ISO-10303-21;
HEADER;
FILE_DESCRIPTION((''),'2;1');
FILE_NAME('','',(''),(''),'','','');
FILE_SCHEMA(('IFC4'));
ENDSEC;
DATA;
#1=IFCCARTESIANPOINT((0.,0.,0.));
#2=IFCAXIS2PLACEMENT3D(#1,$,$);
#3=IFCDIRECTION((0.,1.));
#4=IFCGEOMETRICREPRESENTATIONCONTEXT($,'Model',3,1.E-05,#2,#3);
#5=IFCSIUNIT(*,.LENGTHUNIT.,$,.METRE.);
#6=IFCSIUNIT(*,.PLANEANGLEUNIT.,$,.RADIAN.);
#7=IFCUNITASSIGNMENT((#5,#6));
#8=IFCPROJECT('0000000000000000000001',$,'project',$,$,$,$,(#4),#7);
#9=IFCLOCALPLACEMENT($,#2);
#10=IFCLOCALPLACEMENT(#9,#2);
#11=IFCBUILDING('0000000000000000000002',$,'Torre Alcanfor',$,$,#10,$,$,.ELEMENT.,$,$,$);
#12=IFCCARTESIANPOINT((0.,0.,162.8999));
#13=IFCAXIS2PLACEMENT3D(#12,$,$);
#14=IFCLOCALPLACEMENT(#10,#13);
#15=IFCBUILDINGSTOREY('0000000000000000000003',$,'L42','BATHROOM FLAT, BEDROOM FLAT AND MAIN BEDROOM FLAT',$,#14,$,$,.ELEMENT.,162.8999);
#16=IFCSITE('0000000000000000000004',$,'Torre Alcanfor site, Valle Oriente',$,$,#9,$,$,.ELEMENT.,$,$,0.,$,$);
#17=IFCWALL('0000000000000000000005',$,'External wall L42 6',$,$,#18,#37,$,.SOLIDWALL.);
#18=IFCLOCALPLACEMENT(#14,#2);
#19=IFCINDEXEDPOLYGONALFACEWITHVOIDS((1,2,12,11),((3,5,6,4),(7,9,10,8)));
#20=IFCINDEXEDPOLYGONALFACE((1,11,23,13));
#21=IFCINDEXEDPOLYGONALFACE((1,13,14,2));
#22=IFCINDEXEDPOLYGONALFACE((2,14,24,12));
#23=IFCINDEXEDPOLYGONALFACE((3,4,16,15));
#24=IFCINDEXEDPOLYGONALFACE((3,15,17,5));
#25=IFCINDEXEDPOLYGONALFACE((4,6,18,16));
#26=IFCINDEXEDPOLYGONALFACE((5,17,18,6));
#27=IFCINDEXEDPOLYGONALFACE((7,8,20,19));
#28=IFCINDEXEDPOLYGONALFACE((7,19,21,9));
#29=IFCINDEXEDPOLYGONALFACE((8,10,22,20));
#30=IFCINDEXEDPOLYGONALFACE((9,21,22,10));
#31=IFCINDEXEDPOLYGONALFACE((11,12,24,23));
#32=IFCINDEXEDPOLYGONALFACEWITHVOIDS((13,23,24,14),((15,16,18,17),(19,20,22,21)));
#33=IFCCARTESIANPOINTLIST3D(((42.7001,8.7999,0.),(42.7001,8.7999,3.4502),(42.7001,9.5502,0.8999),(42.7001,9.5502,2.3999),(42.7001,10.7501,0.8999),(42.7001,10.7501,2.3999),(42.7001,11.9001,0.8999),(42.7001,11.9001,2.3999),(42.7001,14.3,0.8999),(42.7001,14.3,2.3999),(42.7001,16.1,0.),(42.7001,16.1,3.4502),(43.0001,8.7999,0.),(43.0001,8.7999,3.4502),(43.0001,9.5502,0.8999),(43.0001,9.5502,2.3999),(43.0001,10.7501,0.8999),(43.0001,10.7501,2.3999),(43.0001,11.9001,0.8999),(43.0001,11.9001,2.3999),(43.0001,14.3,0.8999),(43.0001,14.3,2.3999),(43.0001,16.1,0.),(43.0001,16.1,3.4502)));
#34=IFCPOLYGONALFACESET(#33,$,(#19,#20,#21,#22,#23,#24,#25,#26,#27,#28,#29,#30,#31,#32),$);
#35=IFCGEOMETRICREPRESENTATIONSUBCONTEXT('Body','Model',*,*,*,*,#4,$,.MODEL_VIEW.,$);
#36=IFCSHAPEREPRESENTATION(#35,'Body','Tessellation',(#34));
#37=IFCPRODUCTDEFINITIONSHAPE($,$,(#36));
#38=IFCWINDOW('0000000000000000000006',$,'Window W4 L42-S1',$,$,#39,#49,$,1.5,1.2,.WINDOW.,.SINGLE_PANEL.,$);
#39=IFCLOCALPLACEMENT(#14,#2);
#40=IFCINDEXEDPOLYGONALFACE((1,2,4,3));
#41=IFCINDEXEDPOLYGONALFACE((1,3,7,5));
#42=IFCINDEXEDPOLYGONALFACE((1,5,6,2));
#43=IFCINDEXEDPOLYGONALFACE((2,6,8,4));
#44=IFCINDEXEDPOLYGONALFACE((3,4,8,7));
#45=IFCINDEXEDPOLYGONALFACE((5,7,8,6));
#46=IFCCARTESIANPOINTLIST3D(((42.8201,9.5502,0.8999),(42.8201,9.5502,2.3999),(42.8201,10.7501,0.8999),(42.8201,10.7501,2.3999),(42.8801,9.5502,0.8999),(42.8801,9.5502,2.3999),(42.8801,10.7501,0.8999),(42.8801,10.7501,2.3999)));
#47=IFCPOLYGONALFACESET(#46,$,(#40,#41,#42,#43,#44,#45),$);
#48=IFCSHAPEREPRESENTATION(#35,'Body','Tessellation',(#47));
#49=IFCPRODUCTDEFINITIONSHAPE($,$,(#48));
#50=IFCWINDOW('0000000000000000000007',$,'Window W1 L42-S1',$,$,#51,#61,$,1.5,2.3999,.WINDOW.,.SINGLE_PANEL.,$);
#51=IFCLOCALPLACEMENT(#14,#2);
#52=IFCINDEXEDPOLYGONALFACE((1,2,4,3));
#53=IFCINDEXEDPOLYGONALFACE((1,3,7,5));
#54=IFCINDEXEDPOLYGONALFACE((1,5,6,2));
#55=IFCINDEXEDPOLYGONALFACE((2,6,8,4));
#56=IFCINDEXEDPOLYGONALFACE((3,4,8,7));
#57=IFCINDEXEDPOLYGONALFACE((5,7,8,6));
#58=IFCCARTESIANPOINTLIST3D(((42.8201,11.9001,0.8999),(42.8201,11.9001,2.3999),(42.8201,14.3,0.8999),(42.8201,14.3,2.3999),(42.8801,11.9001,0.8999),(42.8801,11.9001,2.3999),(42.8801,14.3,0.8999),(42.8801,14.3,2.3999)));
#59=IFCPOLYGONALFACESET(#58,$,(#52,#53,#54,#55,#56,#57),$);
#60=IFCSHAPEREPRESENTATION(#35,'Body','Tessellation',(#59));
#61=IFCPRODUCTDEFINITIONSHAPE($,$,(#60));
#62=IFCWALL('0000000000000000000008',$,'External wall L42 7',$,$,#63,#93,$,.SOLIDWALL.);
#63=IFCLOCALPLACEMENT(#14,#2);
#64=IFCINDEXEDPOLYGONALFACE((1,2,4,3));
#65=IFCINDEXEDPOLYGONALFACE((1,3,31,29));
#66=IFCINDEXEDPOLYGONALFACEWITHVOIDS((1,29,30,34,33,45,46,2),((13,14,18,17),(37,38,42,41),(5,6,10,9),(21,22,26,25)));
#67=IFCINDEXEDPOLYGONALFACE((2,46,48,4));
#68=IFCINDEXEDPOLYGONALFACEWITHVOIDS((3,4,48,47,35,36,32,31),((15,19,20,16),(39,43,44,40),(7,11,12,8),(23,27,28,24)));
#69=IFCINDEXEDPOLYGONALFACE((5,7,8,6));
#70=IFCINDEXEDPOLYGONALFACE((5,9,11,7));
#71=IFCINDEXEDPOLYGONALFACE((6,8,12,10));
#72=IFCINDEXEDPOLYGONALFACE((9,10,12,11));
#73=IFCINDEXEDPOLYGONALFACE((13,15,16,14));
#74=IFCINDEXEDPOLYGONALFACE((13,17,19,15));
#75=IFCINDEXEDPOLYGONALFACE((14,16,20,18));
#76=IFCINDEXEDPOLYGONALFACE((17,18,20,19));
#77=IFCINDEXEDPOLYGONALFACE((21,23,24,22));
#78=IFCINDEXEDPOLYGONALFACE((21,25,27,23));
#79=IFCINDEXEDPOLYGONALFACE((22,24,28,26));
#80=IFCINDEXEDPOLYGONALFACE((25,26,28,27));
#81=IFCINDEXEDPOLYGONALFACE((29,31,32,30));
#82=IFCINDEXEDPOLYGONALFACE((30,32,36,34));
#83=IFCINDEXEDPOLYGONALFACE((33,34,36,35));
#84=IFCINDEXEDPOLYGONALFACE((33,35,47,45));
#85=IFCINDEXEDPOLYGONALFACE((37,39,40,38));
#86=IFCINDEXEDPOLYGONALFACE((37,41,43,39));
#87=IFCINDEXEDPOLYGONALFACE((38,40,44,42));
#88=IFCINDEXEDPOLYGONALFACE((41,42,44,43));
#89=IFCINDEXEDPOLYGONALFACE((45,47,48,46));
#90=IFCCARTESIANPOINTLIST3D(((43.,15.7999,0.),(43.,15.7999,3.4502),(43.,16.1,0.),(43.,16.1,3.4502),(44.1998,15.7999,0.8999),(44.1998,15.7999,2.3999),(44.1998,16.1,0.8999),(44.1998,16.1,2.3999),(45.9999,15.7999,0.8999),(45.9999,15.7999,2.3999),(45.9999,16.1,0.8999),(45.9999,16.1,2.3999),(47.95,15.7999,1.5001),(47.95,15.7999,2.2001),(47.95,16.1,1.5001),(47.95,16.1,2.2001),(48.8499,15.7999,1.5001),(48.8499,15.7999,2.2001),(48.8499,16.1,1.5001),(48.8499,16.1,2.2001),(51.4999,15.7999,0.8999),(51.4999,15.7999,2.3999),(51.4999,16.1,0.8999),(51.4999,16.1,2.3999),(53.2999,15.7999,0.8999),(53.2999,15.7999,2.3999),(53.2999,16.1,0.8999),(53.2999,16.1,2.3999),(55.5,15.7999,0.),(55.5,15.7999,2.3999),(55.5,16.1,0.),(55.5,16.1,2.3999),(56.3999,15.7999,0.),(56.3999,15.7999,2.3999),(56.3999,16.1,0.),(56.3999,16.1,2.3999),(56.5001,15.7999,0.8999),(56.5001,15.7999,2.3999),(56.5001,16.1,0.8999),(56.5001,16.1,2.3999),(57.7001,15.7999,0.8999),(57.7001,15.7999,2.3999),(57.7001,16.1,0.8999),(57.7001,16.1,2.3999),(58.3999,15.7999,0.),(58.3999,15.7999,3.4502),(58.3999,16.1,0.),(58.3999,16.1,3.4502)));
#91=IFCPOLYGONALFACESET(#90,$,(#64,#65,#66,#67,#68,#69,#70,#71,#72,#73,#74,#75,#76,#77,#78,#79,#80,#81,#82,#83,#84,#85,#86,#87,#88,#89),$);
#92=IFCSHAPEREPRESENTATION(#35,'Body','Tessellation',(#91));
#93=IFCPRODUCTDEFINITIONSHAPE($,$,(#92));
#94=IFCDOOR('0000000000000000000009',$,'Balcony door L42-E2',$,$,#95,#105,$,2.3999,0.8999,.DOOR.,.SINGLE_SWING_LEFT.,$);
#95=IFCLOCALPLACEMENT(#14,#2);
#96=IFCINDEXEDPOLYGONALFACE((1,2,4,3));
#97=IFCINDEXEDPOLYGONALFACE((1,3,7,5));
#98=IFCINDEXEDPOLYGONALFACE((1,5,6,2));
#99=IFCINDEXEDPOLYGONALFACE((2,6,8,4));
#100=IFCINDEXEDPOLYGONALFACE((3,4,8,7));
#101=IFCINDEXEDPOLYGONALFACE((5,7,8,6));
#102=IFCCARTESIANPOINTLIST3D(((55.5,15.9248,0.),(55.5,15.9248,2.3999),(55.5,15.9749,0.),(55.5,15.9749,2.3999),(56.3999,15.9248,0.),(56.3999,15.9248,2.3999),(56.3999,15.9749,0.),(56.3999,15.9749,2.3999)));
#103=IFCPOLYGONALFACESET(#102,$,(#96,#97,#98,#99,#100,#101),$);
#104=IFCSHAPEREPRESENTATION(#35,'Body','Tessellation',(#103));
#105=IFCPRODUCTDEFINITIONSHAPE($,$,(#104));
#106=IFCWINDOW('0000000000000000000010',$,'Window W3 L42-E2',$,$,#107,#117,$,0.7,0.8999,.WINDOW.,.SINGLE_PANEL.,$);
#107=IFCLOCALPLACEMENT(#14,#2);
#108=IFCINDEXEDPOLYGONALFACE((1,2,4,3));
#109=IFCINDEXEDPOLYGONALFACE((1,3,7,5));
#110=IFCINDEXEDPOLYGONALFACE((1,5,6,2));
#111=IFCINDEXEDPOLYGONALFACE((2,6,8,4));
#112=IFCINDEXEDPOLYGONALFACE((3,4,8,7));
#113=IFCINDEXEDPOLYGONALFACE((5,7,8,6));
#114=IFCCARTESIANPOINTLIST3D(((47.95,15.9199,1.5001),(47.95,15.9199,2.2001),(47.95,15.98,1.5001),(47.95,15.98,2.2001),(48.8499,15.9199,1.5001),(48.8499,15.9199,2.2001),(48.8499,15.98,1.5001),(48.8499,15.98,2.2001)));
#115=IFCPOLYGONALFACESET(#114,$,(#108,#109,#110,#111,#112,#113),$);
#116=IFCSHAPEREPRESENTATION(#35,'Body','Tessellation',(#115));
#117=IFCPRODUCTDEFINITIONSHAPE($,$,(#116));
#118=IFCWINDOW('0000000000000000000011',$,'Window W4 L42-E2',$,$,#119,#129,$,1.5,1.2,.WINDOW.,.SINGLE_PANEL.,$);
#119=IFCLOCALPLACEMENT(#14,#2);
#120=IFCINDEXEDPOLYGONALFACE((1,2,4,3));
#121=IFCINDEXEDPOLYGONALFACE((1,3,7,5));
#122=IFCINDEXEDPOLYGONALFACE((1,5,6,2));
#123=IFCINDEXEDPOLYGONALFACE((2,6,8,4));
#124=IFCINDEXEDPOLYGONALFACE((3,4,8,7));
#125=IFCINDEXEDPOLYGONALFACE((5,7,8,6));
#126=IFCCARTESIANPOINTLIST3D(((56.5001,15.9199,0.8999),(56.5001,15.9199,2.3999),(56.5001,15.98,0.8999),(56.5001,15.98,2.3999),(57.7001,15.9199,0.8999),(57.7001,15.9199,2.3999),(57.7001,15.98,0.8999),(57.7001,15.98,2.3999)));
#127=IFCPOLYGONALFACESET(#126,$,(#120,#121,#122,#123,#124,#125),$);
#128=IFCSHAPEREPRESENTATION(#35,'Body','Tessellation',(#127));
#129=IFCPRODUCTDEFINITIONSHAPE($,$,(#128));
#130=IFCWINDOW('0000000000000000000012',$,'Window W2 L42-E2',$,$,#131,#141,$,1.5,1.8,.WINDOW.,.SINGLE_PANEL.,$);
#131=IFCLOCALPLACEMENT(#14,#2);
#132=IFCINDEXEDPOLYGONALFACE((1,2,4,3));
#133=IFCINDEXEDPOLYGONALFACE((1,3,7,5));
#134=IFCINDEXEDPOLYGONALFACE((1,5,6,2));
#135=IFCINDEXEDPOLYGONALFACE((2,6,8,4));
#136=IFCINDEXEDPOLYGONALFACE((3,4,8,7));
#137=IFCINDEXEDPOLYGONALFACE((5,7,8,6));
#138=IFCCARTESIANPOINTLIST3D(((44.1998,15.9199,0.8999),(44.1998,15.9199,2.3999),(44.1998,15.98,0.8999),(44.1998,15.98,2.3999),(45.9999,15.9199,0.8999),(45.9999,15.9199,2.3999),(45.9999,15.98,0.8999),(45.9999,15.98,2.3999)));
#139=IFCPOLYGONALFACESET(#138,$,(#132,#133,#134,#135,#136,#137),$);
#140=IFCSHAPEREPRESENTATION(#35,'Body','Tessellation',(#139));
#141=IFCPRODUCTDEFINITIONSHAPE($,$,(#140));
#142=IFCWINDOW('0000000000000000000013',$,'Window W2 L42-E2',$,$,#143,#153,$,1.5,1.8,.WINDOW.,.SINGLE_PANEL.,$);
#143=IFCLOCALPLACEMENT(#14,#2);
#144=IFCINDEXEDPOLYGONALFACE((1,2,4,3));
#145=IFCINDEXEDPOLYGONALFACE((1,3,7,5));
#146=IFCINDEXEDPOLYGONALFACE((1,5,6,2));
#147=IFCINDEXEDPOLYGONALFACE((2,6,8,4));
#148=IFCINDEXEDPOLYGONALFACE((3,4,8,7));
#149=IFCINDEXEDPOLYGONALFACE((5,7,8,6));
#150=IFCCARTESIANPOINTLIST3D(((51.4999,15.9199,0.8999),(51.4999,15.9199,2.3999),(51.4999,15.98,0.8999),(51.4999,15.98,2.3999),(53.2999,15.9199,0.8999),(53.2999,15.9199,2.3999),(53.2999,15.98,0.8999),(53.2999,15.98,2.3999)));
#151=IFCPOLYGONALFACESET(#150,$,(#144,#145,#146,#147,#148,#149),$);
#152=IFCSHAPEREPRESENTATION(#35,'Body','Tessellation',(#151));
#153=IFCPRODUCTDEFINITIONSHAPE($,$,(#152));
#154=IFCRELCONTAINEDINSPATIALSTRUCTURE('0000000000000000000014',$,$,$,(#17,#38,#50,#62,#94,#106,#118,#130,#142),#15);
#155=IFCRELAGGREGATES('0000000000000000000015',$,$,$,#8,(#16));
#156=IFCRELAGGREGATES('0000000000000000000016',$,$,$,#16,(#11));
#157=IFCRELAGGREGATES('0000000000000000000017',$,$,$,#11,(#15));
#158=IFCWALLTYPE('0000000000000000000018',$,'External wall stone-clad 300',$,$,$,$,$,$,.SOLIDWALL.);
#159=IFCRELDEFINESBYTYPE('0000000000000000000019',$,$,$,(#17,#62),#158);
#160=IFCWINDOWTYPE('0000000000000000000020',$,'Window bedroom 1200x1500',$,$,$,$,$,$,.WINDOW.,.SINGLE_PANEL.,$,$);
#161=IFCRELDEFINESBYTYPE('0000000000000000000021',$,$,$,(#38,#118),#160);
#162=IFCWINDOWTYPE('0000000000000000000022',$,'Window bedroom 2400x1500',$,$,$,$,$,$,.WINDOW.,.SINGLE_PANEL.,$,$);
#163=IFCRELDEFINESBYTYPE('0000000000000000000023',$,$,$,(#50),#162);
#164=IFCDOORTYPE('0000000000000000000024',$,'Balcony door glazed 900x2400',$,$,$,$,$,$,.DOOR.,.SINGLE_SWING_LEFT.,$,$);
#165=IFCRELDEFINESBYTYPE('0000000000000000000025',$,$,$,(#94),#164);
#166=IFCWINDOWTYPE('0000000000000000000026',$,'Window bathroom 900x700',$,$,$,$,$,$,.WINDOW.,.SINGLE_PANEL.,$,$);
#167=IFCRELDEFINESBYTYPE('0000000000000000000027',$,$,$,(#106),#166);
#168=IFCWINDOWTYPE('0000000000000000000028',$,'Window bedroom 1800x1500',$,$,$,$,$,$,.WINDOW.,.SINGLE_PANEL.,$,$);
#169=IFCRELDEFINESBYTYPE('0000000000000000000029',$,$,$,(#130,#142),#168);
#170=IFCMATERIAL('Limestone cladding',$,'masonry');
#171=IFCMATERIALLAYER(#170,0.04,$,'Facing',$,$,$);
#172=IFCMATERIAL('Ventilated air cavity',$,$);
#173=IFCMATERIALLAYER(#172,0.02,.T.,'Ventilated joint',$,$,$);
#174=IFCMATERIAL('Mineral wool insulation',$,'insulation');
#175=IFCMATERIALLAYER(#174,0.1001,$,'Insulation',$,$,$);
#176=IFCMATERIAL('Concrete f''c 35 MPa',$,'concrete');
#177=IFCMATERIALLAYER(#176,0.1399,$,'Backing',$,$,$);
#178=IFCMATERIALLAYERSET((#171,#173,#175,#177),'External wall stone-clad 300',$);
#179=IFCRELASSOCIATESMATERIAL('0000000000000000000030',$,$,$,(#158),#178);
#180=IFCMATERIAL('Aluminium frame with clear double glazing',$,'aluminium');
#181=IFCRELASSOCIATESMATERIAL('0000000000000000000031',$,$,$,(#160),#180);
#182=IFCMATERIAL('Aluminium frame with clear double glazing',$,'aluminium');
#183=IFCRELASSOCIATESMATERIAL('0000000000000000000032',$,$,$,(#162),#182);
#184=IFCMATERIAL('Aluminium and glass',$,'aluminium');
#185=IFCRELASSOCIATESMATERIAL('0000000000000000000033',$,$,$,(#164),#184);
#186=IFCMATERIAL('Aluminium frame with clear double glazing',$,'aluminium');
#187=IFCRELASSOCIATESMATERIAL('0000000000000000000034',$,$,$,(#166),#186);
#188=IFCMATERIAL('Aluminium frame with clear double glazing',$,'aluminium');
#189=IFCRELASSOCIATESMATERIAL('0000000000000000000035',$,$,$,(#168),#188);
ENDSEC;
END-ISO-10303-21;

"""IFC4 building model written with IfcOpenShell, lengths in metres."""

from ifc_helpers import new_model, si_unit, direction, frame, frame_2d, origin, place, context, subcontext, project, spatial, rectangle, extrude, material, layer, layer_set, type_object, element, fill, save


model = new_model("IFC4")

# Units and contexts
model_context = context("Model", 3, precision=1e-05, world=origin(), true_north=direction((0.0, 1.0)))
body_context = subcontext(model_context, "Body", "Model", "MODEL_VIEW")
ifc_project = project(units=[si_unit("LENGTHUNIT", "METRE"), si_unit("PLANEANGLEUNIT", "RADIAN")], contexts=[model_context])

# Site, building, storey
site_placement = place(None, origin())
site = spatial("IfcSite", under=ifc_project, at=site_placement, Name="Torre Alcanfor site, Valle Oriente", CompositionType="ELEMENT", RefElevation=0.0)
building_placement = place(site_placement, origin())
building = spatial("IfcBuilding", under=site, at=building_placement, Name="Torre Alcanfor", CompositionType="ELEMENT")
storey_placement = place(building_placement, frame((0.0, 0.0, 162.8999)))
storey = spatial("IfcBuildingStorey", under=building, at=storey_placement, Name="L42", Description="BATHROOM FLAT, BEDROOM FLAT AND MAIN BEDROOM FLAT", CompositionType="ELEMENT", Elevation=162.8999)

# Wall, openings, windows
ifc_material_1 = material(Name="Limestone cladding", Category="masonry")
ifc_layer_1 = layer(ifc_material_1, 0.04, Name="Facing")
ifc_material_2 = material(Name="Ventilated air cavity")
ifc_layer_2 = layer(ifc_material_2, 0.02, ventilated=True, Name="Ventilated joint")
ifc_material_3 = material(Name="Mineral wool insulation", Category="insulation")
ifc_layer_3 = layer(ifc_material_3, 0.1001, Name="Insulation")
ifc_material_4 = material(Name="Concrete f'c 35 MPa", Category="concrete")
ifc_layer_4 = layer(ifc_material_4, 0.1399, Name="Backing")
ifc_layer_set_1 = layer_set([ifc_layer_1, ifc_layer_2, ifc_layer_3, ifc_layer_4], Name="External wall stone-clad 300")
wall_type_1 = type_object("IfcWallType", Name="External wall stone-clad 300", PredefinedType="SOLIDWALL", material=ifc_layer_set_1)
wall_1_placement = place(storey_placement, frame((42.8501, 8.8, 0.0), z_axis=(0.0, 0.0, 1.0), x_axis=(0.0, 1.0, 0.0)))
wall_1 = element("IfcWall", 1, at=wall_1_placement, inside=storey, type_object=wall_type_1, Name="External wall L42 6", PredefinedType="SOLIDWALL", context=body_context, shape_type="SweptSolid", body=[
    extrude(rectangle(XDim=7.3, YDim=0.3, at=frame_2d((3.6499, 0.0))), origin(), (0.0, 0.0, 1.0), 3.4502),
])
opening_1_placement = place(wall_1_placement, frame((3.1001, 0.0, 0.8999)))
opening_1 = element("IfcOpeningElement", 2, at=opening_1_placement, cuts=wall_1, PredefinedType="OPENING", context=body_context, shape_type="SweptSolid", body=[
    extrude(rectangle(XDim=2.3999, YDim=1.5, at=frame_2d((1.2, 0.75))), frame((0.0, 0.1599, 0.0), z_axis=(0.0, -1.0, 0.0), x_axis=(1.0, 0.0, 0.0)), (0.0, 0.0, 1.0), 0.3201),
])
opening_2_placement = place(wall_1_placement, frame((0.75, 0.0, 0.8999)))
opening_2 = element("IfcOpeningElement", 3, at=opening_2_placement, cuts=wall_1, PredefinedType="OPENING", context=body_context, shape_type="SweptSolid", body=[
    extrude(rectangle(XDim=1.2, YDim=1.5, at=frame_2d((0.6001, 0.75))), frame((0.0, 0.1599, 0.0), z_axis=(0.0, -1.0, 0.0), x_axis=(1.0, 0.0, 0.0)), (0.0, 0.0, 1.0), 0.3201),
])
ifc_material_5 = material(Name="Aluminium frame with clear double glazing", Category="aluminium")
window_type_1 = type_object("IfcWindowType", Name="Window bedroom 1200x1500", PartitioningType="SINGLE_PANEL", PredefinedType="WINDOW", material=ifc_material_5)
window_1_placement = place(opening_2_placement, origin())
window_1 = element("IfcWindow", 4, at=window_1_placement, inside=storey, type_object=window_type_1, Name="Window W4 L42-S1", OverallHeight=1.5, OverallWidth=1.2, PartitioningType="SINGLE_PANEL", PredefinedType="WINDOW", context=body_context, shape_type="SweptSolid", body=[
    extrude(rectangle(XDim=1.2, YDim=1.5, at=frame_2d((0.6001, 0.75))), frame((0.0, 0.03, 0.0), z_axis=(0.0, -1.0, 0.0), x_axis=(1.0, 0.0, 0.0)), (0.0, 0.0, 1.0), 0.0601),
])
fill(opening_2, window_1)
ifc_material_6 = material(Name="Aluminium frame with clear double glazing", Category="aluminium")
window_type_2 = type_object("IfcWindowType", Name="Window bedroom 2400x1500", PartitioningType="SINGLE_PANEL", PredefinedType="WINDOW", material=ifc_material_6)
window_2_placement = place(opening_1_placement, origin())
window_2 = element("IfcWindow", 5, at=window_2_placement, inside=storey, type_object=window_type_2, Name="Window W1 L42-S1", OverallHeight=1.5, OverallWidth=2.3999, PartitioningType="SINGLE_PANEL", PredefinedType="WINDOW", context=body_context, shape_type="SweptSolid", body=[
    extrude(rectangle(XDim=2.3999, YDim=1.5, at=frame_2d((1.2, 0.75))), frame((0.0, 0.03, 0.0), z_axis=(0.0, -1.0, 0.0), x_axis=(1.0, 0.0, 0.0)), (0.0, 0.0, 1.0), 0.0601),
])
fill(opening_1, window_2)

# Wall, openings, door, windows
wall_2_placement = place(storey_placement, frame((43.0, 15.95, 0.0), z_axis=(0.0, 0.0, 1.0), x_axis=(1.0, 0.0, 0.0)))
wall_2 = element("IfcWall", 6, at=wall_2_placement, inside=storey, type_object=wall_type_1, Name="External wall L42 7", PredefinedType="SOLIDWALL", context=body_context, shape_type="SweptSolid", body=[
    extrude(rectangle(XDim=15.3999, YDim=0.3, at=frame_2d((7.7, 0.0))), origin(), (0.0, 0.0, 1.0), 3.4502),
])
opening_3_placement = place(wall_2_placement, frame((1.2, 0.0, 0.8999)))
opening_3 = element("IfcOpeningElement", 7, at=opening_3_placement, cuts=wall_2, PredefinedType="OPENING", context=body_context, shape_type="SweptSolid", body=[
    extrude(rectangle(XDim=1.8, YDim=1.5, at=frame_2d((0.8999, 0.75))), frame((0.0, 0.1599, 0.0), z_axis=(0.0, -1.0, 0.0), x_axis=(1.0, 0.0, 0.0)), (0.0, 0.0, 1.0), 0.3201),
])
opening_4_placement = place(wall_2_placement, frame((4.95, 0.0, 1.5)))
opening_4 = element("IfcOpeningElement", 8, at=opening_4_placement, cuts=wall_2, PredefinedType="OPENING", context=body_context, shape_type="SweptSolid", body=[
    extrude(rectangle(XDim=0.8999, YDim=0.7, at=frame_2d((0.45, 0.3501))), frame((0.0, 0.1599, 0.0), z_axis=(0.0, -1.0, 0.0), x_axis=(1.0, 0.0, 0.0)), (0.0, 0.0, 1.0), 0.3201),
])
opening_5_placement = place(wall_2_placement, frame((8.5, 0.0, 0.8999)))
opening_5 = element("IfcOpeningElement", 9, at=opening_5_placement, cuts=wall_2, PredefinedType="OPENING", context=body_context, shape_type="SweptSolid", body=[
    extrude(rectangle(XDim=1.8, YDim=1.5, at=frame_2d((0.8999, 0.75))), frame((0.0, 0.1599, 0.0), z_axis=(0.0, -1.0, 0.0), x_axis=(1.0, 0.0, 0.0)), (0.0, 0.0, 1.0), 0.3201),
])
opening_6_placement = place(wall_2_placement, frame((12.5, 0.0, 0.0)))
opening_6 = element("IfcOpeningElement", 10, at=opening_6_placement, cuts=wall_2, PredefinedType="OPENING", context=body_context, shape_type="SweptSolid", body=[
    extrude(rectangle(XDim=0.8999, YDim=2.3999, at=frame_2d((0.45, 1.2))), frame((0.0, 0.1599, 0.0), z_axis=(0.0, -1.0, 0.0), x_axis=(1.0, 0.0, 0.0)), (0.0, 0.0, 1.0), 0.3201),
])
opening_7_placement = place(wall_2_placement, frame((13.5, 0.0, 0.8999)))
opening_7 = element("IfcOpeningElement", 11, at=opening_7_placement, cuts=wall_2, PredefinedType="OPENING", context=body_context, shape_type="SweptSolid", body=[
    extrude(rectangle(XDim=1.2, YDim=1.5, at=frame_2d((0.6001, 0.75))), frame((0.0, 0.1599, 0.0), z_axis=(0.0, -1.0, 0.0), x_axis=(1.0, 0.0, 0.0)), (0.0, 0.0, 1.0), 0.3201),
])
ifc_material_7 = material(Name="Aluminium and glass", Category="aluminium")
door_type_1 = type_object("IfcDoorType", Name="Balcony door glazed 900x2400", OperationType="SINGLE_SWING_LEFT", PredefinedType="DOOR", material=ifc_material_7)
door_1_placement = place(opening_6_placement, origin())
door_1 = element("IfcDoor", 12, at=door_1_placement, inside=storey, type_object=door_type_1, Name="Balcony door L42-E2", OperationType="SINGLE_SWING_LEFT", OverallHeight=2.3999, OverallWidth=0.8999, PredefinedType="DOOR", context=body_context, shape_type="SweptSolid", body=[
    extrude(rectangle(XDim=0.8999, YDim=2.3999, at=frame_2d((0.45, 1.2))), frame((0.0, 0.0249, 0.0), z_axis=(0.0, -1.0, 0.0), x_axis=(1.0, 0.0, 0.0)), (0.0, 0.0, 1.0), 0.05),
])
fill(opening_6, door_1)
ifc_material_8 = material(Name="Aluminium frame with clear double glazing", Category="aluminium")
window_type_3 = type_object("IfcWindowType", Name="Window bathroom 900x700", PartitioningType="SINGLE_PANEL", PredefinedType="WINDOW", material=ifc_material_8)
window_3_placement = place(opening_4_placement, origin())
window_3 = element("IfcWindow", 13, at=window_3_placement, inside=storey, type_object=window_type_3, Name="Window W3 L42-E2", OverallHeight=0.7, OverallWidth=0.8999, PartitioningType="SINGLE_PANEL", PredefinedType="WINDOW", context=body_context, shape_type="SweptSolid", body=[
    extrude(rectangle(XDim=0.8999, YDim=0.7, at=frame_2d((0.45, 0.3501))), frame((0.0, 0.03, 0.0), z_axis=(0.0, -1.0, 0.0), x_axis=(1.0, 0.0, 0.0)), (0.0, 0.0, 1.0), 0.0601),
])
fill(opening_4, window_3)
window_4_placement = place(opening_7_placement, origin())
window_4 = element("IfcWindow", 14, at=window_4_placement, inside=storey, type_object=window_type_1, Name="Window W4 L42-E2", OverallHeight=1.5, OverallWidth=1.2, PartitioningType="SINGLE_PANEL", PredefinedType="WINDOW", context=body_context, shape_type="SweptSolid", body=[
    extrude(rectangle(XDim=1.2, YDim=1.5, at=frame_2d((0.6001, 0.75))), frame((0.0, 0.03, 0.0), z_axis=(0.0, -1.0, 0.0), x_axis=(1.0, 0.0, 0.0)), (0.0, 0.0, 1.0), 0.0601),
])
fill(opening_7, window_4)
ifc_material_9 = material(Name="Aluminium frame with clear double glazing", Category="aluminium")
window_type_4 = type_object("IfcWindowType", Name="Window bedroom 1800x1500", PartitioningType="SINGLE_PANEL", PredefinedType="WINDOW", material=ifc_material_9)
window_5_placement = place(opening_3_placement, origin())
window_5 = element("IfcWindow", 15, at=window_5_placement, inside=storey, type_object=window_type_4, Name="Window W2 L42-E2", OverallHeight=1.5, OverallWidth=1.8, PartitioningType="SINGLE_PANEL", PredefinedType="WINDOW", context=body_context, shape_type="SweptSolid", body=[
    extrude(rectangle(XDim=1.8, YDim=1.5, at=frame_2d((0.8999, 0.75))), frame((0.0, 0.03, 0.0), z_axis=(0.0, -1.0, 0.0), x_axis=(1.0, 0.0, 0.0)), (0.0, 0.0, 1.0), 0.0601),
])
fill(opening_3, window_5)
window_6_placement = place(opening_5_placement, origin())
window_6 = element("IfcWindow", 16, at=window_6_placement, inside=storey, type_object=window_type_4, Name="Window W2 L42-E2", OverallHeight=1.5, OverallWidth=1.8, PartitioningType="SINGLE_PANEL", PredefinedType="WINDOW", context=body_context, shape_type="SweptSolid", body=[
    extrude(rectangle(XDim=1.8, YDim=1.5, at=frame_2d((0.8999, 0.75))), frame((0.0, 0.03, 0.0), z_axis=(0.0, -1.0, 0.0), x_axis=(1.0, 0.0, 0.0)), (0.0, 0.0, 1.0), 0.0601),
])
fill(opening_5, window_6)

save(model, "model.ifc")
